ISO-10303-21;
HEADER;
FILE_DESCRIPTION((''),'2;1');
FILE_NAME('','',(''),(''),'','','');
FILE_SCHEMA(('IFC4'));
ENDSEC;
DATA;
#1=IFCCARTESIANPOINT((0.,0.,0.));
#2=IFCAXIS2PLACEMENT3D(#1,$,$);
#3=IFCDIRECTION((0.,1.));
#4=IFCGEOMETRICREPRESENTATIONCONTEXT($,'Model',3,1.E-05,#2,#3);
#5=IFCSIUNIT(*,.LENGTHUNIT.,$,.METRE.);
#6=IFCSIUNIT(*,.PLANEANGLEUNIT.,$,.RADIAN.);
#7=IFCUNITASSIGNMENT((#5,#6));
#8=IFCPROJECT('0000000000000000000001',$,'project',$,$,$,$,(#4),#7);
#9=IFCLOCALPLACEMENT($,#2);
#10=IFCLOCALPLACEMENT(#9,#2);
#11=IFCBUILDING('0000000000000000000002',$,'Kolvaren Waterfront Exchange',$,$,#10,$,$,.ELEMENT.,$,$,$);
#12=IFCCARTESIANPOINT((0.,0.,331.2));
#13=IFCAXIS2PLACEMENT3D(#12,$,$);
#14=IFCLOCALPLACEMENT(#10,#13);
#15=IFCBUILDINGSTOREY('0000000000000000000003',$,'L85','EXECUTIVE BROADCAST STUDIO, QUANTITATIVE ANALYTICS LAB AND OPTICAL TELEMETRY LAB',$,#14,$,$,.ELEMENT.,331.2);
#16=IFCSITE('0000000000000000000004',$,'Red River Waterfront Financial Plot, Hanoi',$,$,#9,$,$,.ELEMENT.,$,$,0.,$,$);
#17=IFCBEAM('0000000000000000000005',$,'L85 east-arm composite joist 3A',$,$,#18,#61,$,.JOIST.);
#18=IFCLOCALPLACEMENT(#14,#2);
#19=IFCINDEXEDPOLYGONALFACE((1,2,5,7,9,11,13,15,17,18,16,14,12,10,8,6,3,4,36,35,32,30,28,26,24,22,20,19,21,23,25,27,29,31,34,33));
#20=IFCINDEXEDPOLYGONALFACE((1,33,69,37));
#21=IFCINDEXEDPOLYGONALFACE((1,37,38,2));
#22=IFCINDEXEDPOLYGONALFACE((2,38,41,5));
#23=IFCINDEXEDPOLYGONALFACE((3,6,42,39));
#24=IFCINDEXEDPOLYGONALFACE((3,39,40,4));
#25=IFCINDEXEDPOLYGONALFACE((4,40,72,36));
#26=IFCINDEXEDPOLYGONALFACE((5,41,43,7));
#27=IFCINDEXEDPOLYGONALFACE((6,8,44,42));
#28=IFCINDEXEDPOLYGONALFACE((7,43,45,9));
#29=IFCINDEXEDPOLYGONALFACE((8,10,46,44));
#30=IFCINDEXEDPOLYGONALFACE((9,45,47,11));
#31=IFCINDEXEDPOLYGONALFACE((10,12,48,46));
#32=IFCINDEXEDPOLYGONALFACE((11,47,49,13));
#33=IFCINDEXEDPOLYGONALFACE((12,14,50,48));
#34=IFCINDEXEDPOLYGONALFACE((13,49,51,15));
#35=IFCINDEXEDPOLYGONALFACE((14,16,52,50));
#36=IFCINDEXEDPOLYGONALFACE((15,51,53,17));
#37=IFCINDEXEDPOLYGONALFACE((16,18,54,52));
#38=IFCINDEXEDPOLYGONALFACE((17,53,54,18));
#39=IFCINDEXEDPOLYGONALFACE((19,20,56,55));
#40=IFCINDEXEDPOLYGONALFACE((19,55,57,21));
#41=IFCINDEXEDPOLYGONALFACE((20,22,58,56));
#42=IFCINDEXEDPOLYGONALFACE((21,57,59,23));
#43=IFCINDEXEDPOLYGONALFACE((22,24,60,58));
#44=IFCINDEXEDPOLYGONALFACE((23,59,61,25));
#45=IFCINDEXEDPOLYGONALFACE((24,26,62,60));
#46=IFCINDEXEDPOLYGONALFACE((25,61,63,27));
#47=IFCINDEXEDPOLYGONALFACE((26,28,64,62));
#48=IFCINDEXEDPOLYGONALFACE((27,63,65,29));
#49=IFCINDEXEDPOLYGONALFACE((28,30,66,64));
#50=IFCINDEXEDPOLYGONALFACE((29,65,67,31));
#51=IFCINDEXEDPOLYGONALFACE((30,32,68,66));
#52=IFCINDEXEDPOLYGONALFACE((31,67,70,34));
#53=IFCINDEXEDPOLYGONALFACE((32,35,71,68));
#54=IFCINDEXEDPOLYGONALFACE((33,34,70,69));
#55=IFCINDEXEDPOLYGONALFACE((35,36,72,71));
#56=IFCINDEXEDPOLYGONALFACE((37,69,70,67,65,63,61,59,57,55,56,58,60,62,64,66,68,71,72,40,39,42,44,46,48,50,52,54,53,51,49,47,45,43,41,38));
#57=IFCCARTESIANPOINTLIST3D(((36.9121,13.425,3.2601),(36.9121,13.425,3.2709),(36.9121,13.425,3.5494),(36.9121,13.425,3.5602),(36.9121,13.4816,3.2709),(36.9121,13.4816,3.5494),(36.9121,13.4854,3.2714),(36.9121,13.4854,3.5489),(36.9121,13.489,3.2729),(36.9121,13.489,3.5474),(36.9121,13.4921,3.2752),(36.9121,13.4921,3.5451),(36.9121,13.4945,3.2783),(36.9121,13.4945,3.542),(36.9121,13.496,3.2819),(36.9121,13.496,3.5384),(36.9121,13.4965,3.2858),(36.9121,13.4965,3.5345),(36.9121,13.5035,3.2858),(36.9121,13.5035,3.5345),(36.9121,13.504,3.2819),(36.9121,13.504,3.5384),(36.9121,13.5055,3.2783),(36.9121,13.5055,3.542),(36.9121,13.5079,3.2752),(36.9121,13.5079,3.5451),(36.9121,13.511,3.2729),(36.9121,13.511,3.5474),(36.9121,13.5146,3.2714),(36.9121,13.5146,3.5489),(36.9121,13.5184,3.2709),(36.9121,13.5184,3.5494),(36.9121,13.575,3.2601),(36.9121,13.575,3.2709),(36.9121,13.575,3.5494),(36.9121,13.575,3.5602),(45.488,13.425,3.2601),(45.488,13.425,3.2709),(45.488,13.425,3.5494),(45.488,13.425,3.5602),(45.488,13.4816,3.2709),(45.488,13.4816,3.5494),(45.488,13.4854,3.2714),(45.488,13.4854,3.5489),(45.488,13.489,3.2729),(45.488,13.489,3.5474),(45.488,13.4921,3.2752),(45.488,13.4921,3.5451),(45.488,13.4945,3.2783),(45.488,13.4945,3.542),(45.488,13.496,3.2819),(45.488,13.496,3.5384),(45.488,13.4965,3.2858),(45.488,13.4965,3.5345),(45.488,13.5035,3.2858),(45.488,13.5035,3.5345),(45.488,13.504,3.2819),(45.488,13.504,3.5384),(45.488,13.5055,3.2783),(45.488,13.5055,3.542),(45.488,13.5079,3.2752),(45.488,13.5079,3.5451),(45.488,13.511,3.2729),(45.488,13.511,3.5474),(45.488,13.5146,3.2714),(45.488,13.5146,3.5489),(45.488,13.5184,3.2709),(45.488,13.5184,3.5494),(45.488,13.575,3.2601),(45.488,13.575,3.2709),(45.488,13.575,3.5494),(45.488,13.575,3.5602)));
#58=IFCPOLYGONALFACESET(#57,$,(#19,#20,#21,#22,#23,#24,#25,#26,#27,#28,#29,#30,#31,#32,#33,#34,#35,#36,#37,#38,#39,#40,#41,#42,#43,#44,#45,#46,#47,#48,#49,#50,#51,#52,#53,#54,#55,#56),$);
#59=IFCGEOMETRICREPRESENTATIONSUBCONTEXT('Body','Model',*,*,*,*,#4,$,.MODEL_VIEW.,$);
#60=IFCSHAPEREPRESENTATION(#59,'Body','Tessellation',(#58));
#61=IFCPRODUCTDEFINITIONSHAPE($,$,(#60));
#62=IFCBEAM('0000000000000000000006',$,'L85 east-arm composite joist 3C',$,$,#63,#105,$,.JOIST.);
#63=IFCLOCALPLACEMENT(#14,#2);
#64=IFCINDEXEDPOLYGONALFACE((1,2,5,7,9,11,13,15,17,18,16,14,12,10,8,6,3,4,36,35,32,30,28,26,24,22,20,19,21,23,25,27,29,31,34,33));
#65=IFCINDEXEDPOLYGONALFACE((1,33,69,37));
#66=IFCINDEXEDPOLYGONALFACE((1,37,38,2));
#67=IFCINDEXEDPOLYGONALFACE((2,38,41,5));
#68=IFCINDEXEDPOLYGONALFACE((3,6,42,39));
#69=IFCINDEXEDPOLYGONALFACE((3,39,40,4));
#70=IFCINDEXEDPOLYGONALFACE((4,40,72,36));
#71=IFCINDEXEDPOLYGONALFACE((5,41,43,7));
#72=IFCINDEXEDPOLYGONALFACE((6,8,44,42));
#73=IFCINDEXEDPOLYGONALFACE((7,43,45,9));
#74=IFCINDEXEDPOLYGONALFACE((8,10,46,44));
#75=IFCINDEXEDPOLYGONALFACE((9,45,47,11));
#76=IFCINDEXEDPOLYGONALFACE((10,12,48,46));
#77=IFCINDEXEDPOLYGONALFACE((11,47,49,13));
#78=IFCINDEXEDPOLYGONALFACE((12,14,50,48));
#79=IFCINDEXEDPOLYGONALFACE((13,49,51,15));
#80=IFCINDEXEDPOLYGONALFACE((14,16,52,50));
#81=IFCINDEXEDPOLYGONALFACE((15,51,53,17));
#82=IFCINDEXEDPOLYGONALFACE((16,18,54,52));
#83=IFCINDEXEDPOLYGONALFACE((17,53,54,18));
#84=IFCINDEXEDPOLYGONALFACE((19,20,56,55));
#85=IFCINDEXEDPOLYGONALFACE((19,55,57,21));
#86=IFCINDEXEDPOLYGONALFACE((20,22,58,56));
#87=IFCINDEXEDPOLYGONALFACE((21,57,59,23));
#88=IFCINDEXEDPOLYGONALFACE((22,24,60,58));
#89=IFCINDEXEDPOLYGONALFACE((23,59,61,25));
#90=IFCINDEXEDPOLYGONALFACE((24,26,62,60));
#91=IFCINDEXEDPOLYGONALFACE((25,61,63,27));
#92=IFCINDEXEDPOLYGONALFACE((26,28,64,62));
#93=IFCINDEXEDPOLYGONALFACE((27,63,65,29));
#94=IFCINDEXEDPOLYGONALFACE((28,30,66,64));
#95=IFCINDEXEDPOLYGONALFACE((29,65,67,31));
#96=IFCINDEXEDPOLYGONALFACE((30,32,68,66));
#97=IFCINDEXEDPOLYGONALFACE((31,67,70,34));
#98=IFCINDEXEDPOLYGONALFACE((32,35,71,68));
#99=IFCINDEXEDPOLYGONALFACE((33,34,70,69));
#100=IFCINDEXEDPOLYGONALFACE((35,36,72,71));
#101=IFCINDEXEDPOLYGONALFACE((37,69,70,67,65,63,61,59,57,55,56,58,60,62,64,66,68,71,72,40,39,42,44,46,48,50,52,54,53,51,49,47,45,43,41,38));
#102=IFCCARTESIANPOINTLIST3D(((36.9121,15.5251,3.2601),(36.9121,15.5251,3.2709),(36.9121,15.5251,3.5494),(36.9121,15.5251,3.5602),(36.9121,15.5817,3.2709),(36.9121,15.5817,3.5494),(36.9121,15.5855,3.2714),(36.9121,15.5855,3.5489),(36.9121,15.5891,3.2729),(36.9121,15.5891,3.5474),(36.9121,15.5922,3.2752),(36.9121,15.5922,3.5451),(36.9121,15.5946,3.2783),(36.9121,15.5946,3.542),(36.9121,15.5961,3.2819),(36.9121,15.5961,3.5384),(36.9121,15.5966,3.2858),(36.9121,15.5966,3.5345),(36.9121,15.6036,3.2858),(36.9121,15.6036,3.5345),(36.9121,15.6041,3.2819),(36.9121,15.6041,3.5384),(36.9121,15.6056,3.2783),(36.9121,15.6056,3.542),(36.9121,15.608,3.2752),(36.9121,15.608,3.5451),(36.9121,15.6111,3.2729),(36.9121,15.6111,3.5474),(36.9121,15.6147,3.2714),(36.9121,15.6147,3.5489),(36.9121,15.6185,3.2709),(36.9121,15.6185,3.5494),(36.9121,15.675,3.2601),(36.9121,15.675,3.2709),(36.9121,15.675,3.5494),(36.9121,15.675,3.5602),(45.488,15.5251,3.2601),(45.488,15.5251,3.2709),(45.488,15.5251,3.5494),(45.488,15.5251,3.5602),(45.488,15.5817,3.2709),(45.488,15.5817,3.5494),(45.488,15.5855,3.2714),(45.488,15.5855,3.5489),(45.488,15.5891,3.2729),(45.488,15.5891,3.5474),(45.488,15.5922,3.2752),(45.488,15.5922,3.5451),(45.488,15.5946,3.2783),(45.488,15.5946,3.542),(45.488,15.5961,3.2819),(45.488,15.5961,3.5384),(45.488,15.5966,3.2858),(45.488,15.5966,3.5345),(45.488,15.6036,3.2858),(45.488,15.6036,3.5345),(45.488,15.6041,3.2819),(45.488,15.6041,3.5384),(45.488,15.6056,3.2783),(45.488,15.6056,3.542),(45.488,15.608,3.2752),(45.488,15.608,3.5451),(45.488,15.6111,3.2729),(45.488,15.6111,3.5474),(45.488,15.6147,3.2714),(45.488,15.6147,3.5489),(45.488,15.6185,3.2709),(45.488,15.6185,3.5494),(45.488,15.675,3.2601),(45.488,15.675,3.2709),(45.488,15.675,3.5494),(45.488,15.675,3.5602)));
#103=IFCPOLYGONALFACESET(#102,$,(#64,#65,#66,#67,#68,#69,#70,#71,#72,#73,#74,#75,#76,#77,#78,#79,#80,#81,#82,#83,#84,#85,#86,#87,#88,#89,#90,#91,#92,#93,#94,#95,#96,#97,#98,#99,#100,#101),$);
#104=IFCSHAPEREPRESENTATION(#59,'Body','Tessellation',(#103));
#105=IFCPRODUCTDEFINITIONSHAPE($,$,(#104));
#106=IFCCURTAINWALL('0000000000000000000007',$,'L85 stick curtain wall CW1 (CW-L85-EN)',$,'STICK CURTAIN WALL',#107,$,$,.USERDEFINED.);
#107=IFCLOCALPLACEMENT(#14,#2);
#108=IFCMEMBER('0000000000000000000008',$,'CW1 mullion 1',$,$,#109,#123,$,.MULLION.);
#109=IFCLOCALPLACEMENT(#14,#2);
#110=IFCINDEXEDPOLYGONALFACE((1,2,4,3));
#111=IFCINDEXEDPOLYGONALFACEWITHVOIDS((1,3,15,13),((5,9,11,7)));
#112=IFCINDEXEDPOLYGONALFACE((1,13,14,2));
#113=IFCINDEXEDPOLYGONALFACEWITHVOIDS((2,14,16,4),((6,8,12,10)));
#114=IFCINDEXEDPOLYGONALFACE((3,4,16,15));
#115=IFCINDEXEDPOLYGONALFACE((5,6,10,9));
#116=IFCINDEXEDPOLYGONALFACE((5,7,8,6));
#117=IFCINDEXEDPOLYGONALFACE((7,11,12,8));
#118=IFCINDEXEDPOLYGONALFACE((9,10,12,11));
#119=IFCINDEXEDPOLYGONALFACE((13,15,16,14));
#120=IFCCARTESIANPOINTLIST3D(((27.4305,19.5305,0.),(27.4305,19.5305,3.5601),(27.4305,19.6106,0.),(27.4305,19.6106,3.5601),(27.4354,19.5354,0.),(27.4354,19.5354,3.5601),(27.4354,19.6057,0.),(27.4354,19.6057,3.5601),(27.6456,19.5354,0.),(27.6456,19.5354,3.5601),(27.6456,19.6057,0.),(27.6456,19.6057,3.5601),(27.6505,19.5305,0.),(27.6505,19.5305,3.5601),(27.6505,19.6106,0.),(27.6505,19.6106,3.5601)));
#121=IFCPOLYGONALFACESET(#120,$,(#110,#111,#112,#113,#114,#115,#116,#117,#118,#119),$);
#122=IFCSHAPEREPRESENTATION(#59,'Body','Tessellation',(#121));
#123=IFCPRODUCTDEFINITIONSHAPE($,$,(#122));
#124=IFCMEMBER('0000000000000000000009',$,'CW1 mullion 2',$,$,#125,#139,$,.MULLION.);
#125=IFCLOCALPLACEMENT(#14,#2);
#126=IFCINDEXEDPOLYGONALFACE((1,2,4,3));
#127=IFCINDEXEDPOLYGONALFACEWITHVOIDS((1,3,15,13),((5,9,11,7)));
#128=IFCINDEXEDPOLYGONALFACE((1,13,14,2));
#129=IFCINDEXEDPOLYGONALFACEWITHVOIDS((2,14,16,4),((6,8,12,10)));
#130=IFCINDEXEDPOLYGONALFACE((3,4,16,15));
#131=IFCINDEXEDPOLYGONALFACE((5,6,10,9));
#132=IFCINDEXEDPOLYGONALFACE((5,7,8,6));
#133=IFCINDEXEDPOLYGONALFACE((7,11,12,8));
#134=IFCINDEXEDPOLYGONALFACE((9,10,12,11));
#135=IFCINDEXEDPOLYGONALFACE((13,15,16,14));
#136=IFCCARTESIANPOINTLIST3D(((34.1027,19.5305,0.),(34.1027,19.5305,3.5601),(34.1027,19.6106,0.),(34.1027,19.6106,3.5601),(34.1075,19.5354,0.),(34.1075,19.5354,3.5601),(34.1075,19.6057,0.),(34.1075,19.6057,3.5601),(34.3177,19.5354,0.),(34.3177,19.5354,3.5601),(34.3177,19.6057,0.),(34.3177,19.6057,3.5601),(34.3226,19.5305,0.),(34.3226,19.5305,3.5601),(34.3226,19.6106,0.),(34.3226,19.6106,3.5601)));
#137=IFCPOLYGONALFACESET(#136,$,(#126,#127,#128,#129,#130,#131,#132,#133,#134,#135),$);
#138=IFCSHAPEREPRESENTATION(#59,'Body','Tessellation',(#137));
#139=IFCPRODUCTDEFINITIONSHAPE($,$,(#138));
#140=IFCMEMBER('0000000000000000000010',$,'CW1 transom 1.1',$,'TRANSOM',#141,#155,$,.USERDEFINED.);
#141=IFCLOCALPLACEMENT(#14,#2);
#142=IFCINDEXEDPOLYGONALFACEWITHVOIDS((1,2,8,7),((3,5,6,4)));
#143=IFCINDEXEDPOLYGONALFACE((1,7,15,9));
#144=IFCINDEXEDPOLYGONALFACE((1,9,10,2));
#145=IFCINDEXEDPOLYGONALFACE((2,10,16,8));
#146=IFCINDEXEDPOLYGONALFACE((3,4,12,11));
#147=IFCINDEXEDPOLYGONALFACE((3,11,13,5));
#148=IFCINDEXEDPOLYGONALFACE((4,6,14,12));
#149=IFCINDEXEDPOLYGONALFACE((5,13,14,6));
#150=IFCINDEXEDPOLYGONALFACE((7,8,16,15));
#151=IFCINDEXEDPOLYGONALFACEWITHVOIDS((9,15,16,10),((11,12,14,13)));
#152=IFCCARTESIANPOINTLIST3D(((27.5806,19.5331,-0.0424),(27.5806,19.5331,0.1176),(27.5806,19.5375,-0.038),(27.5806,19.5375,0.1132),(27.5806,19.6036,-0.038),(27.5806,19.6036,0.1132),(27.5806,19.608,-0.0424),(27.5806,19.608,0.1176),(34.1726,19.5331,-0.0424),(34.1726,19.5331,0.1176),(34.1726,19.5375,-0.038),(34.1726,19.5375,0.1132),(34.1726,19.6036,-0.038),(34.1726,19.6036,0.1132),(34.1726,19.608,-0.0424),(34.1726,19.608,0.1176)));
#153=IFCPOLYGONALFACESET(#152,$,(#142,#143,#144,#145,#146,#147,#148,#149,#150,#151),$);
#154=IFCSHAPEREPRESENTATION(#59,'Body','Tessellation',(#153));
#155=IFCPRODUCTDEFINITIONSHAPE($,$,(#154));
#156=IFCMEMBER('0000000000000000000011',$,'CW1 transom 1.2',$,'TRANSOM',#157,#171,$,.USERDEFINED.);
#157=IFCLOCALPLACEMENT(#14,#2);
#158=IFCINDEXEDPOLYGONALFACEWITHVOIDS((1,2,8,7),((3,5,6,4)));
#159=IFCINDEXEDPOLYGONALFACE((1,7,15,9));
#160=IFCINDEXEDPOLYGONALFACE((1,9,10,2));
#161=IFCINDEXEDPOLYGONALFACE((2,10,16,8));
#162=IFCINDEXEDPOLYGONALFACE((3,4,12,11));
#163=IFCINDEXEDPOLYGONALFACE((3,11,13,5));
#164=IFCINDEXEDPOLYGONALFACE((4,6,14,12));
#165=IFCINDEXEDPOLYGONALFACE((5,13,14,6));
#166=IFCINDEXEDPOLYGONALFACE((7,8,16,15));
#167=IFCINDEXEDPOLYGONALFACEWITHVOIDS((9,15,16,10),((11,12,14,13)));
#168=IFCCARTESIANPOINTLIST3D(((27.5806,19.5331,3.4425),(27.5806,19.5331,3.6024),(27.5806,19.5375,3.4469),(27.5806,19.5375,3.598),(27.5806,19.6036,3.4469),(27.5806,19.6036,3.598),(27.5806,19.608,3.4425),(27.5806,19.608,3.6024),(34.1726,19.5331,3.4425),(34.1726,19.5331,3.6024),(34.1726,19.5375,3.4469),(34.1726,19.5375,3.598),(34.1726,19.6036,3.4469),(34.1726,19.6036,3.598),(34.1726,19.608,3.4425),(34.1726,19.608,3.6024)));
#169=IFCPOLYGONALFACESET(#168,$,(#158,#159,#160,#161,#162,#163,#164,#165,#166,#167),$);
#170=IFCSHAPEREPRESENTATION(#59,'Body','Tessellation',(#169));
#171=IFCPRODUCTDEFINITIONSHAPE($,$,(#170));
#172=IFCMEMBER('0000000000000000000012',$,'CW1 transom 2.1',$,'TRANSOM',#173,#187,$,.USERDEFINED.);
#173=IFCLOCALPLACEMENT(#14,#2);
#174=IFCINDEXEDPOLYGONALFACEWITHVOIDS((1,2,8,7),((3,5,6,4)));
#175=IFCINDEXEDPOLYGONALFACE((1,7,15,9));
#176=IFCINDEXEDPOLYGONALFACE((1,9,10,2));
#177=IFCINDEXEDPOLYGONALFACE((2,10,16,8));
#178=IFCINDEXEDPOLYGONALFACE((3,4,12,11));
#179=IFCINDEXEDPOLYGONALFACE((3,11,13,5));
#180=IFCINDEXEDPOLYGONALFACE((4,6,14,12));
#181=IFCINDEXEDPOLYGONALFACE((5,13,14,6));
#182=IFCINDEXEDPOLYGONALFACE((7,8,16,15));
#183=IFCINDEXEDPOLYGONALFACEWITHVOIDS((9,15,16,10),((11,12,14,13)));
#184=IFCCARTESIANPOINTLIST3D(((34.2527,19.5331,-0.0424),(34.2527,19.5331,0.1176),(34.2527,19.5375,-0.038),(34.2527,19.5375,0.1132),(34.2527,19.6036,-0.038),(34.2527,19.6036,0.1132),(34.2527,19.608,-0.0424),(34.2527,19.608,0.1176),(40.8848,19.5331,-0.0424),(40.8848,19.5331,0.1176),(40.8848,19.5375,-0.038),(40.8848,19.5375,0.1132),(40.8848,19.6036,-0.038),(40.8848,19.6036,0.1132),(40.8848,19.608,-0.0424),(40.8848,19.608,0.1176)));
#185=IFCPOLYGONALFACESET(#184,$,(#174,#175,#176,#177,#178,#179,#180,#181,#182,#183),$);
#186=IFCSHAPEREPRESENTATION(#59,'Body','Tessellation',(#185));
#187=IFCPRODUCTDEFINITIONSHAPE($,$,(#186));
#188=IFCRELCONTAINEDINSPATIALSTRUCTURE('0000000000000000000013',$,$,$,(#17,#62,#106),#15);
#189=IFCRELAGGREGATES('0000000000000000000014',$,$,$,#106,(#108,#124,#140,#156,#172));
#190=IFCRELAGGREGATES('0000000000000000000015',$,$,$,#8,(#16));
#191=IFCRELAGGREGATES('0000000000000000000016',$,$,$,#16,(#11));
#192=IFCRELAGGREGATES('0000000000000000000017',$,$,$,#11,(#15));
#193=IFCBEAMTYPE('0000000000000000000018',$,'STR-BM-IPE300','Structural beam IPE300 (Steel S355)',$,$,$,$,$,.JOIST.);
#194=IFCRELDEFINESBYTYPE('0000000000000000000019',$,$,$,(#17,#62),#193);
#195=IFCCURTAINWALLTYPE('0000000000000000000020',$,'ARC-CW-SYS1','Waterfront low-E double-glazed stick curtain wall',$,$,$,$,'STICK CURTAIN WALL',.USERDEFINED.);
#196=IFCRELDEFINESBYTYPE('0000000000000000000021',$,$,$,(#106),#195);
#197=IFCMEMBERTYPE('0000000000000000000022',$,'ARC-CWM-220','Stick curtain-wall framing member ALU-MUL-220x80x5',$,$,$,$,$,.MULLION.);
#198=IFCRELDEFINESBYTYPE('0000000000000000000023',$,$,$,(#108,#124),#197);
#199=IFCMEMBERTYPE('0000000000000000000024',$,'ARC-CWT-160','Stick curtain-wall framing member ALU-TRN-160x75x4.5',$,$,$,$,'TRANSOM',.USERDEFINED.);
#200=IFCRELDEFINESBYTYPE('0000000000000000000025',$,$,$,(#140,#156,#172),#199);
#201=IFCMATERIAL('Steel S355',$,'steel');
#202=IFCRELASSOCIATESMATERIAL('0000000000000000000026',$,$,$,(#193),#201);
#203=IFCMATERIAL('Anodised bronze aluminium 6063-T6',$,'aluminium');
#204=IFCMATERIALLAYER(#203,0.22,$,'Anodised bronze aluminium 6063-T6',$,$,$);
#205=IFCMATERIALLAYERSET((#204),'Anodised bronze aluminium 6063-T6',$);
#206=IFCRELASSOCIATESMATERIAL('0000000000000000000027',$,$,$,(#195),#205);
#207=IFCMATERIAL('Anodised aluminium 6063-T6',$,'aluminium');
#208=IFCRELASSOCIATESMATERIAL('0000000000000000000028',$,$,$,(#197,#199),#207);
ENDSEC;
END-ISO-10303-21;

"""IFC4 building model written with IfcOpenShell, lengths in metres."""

from ifc_helpers import new_model, si_unit, direction, frame, origin, origin_with_axes, origin_2d, place, context, subcontext, project, spatial, hollow_rectangle, i_section, extrude, source, transform, mapped, material, layer, layer_set, material_profile, profile_set, type_object, element, aggregate, save


model = new_model("IFC4")

# Units and contexts
model_context = context("Model", 3, precision=1e-05, world=origin(), true_north=direction((0.0, 1.0)))
body_context = subcontext(model_context, "Body", "Model", "MODEL_VIEW")
ifc_project = project(units=[si_unit("LENGTHUNIT", "METRE"), si_unit("PLANEANGLEUNIT", "RADIAN")], contexts=[model_context])

# Site, building, storey
site_placement = place(None, origin())
site = spatial("IfcSite", under=ifc_project, at=site_placement, Name="Red River Waterfront Financial Plot, Hanoi", CompositionType="ELEMENT", RefElevation=0.0)
building_placement = place(site_placement, origin())
building = spatial("IfcBuilding", under=site, at=building_placement, Name="Kolvaren Waterfront Exchange", CompositionType="ELEMENT")
storey_placement = place(building_placement, frame((0.0, 0.0, 331.2)))
storey = spatial("IfcBuildingStorey", under=building, at=storey_placement, Name="L85", Description="EXECUTIVE BROADCAST STUDIO, QUANTITATIVE ANALYTICS LAB AND OPTICAL TELEMETRY LAB", CompositionType="ELEMENT", Elevation=331.2)

# Beams
ifc_material_1 = material(Name="Steel S355", Category="steel")
ifc_material_profile_1 = material_profile(ifc_material_1, i_section(OverallWidth=0.1499, OverallDepth=0.3, WebThickness=0.0071, FlangeThickness=0.0107, FilletRadius=0.0149, at=origin_2d()), Name="IPE300")
ifc_profile_set_1 = profile_set([ifc_material_profile_1], Name="Steel S355")
beam_type_1 = type_object("IfcBeamType", Name="STR-BM-IPE300", Description="Structural beam IPE300 (Steel S355)", PredefinedType="JOIST", material=ifc_profile_set_1)
for number, where, z_axis, x_axis, name in (
    (1, (36.9121, 13.5, 3.4102), (1.0, 0.0, 0.0), (0.0, 1.0, 0.0), "L85 east-arm composite joist 3A"),
    (2, (36.9121, 15.6001, 3.4102), (1.0, 0.0, 0.0), (0.0, 1.0, 0.0), "L85 east-arm composite joist 3C"),
):
    element("IfcBeam", number, at=place(storey_placement, frame(where, z_axis=z_axis, x_axis=x_axis)), inside=storey, type_object=beam_type_1, Name=name, PredefinedType="JOIST", context=body_context, shape_type="SweptSolid", body=[
        extrude(i_section(OverallWidth=0.1499, OverallDepth=0.3, WebThickness=0.0071, FlangeThickness=0.0107, FilletRadius=0.0149, at=origin_2d()), origin(), (0.0, 0.0, 1.0), 8.5759),
    ])

# Curtain wall, members
ifc_material_2 = material(Name="Anodised bronze aluminium 6063-T6", Category="aluminium")
ifc_layer_1 = layer(ifc_material_2, 0.22, Name="Anodised bronze aluminium 6063-T6")
ifc_layer_set_1 = layer_set([ifc_layer_1], Name="Anodised bronze aluminium 6063-T6")
curtain_wall_type = type_object("IfcCurtainWallType", Name="ARC-CW-SYS1", Description="Waterfront low-E double-glazed stick curtain wall", ElementType="STICK CURTAIN WALL", PredefinedType="USERDEFINED", material=ifc_layer_set_1)
curtain_wall_placement = place(storey_placement, origin())
curtain_wall = element("IfcCurtainWall", 3, at=curtain_wall_placement, inside=storey, type_object=curtain_wall_type, Name="L85 stick curtain wall CW1 (CW-L85-EN)", ObjectType="STICK CURTAIN WALL", PredefinedType="USERDEFINED")
ifc_material_3 = material(Name="Anodised aluminium 6063-T6", Category="aluminium")
ifc_material_profile_2 = material_profile(ifc_material_3, hollow_rectangle(XDim=0.0801, YDim=0.22, WallThickness=0.0049, at=origin_2d()), Name="ALU-MUL-220x80x5")
ifc_profile_set_2 = profile_set([ifc_material_profile_2], Name="Anodised aluminium 6063-T6")
member_type_1 = type_object("IfcMemberType", Name="ARC-CWM-220", Description="Stick curtain-wall framing member ALU-MUL-220x80x5", PredefinedType="MULLION", material=ifc_profile_set_2)
shared_shape_1 = source(origin_with_axes(), body_context, "Body", "SweptSolid", [
    extrude(hollow_rectangle(XDim=0.0801, YDim=0.22, WallThickness=0.0049, at=origin_2d()), origin(), (0.0, 0.0, 1.0), 3.5601),
])
member_1_placement = place(storey_placement, frame((27.5405, 19.5706, 0.0), z_axis=(0.0, 0.0, 1.0), x_axis=(0.0, 1.0, 0.0)))
member_1 = element("IfcMember", 4, at=member_1_placement, type_object=member_type_1, Name="CW1 mullion 1", PredefinedType="MULLION", context=body_context, shape_type="MappedRepresentation", body=[
    mapped(shared_shape_1, transform((0.0, 0.0, 0.0), x_axis=(1.0, 0.0, 0.0), y_axis=(0.0, 1.0, 0.0), z_axis=(0.0, 0.0, 1.0), scale=1.0)),
])
member_2_placement = place(storey_placement, frame((34.2126, 19.5706, 0.0), z_axis=(0.0, 0.0, 1.0), x_axis=(0.0, 1.0, 0.0)))
member_2 = element("IfcMember", 5, at=member_2_placement, type_object=member_type_1, Name="CW1 mullion 2", PredefinedType="MULLION", context=body_context, shape_type="MappedRepresentation", body=[
    mapped(shared_shape_1, transform((0.0, 0.0, 0.0), x_axis=(1.0, 0.0, 0.0), y_axis=(0.0, 1.0, 0.0), z_axis=(0.0, 0.0, 1.0), scale=1.0)),
])
ifc_material_profile_3 = material_profile(ifc_material_3, hollow_rectangle(XDim=0.075, YDim=0.1599, WallThickness=0.0044, at=origin_2d()), Name="ALU-TRN-160x75x4.5")
ifc_profile_set_3 = profile_set([ifc_material_profile_3], Name="Anodised aluminium 6063-T6")
member_type_2 = type_object("IfcMemberType", Name="ARC-CWT-160", Description="Stick curtain-wall framing member ALU-TRN-160x75x4.5", ElementType="TRANSOM", PredefinedType="USERDEFINED", material=ifc_profile_set_3)
shared_shape_2 = source(origin_with_axes(), body_context, "Body", "SweptSolid", [
    extrude(hollow_rectangle(XDim=0.075, YDim=0.1599, WallThickness=0.0044, at=origin_2d()), origin(), (0.0, 0.0, 1.0), 6.592),
])
member_3_placement = place(storey_placement, frame((27.5806, 19.5706, 0.0376), z_axis=(1.0, 0.0, 0.0), x_axis=(0.0, 1.0, 0.0)))
member_3 = element("IfcMember", 6, at=member_3_placement, type_object=member_type_2, Name="CW1 transom 1.1", ObjectType="TRANSOM", PredefinedType="USERDEFINED", context=body_context, shape_type="MappedRepresentation", body=[
    mapped(shared_shape_2, transform((0.0, 0.0, 0.0), x_axis=(1.0, 0.0, 0.0), y_axis=(0.0, 1.0, 0.0), z_axis=(0.0, 0.0, 1.0), scale=1.0)),
])
member_4_placement = place(storey_placement, frame((27.5806, 19.5706, 3.5225), z_axis=(1.0, 0.0, 0.0), x_axis=(0.0, 1.0, 0.0)))
member_4 = element("IfcMember", 7, at=member_4_placement, type_object=member_type_2, Name="CW1 transom 1.2", ObjectType="TRANSOM", PredefinedType="USERDEFINED", context=body_context, shape_type="MappedRepresentation", body=[
    mapped(shared_shape_2, transform((0.0, 0.0, 0.0), x_axis=(1.0, 0.0, 0.0), y_axis=(0.0, 1.0, 0.0), z_axis=(0.0, 0.0, 1.0), scale=1.0)),
])
shared_shape_3 = source(origin_with_axes(), body_context, "Body", "SweptSolid", [
    extrude(hollow_rectangle(XDim=0.075, YDim=0.1599, WallThickness=0.0044, at=origin_2d()), origin(), (0.0, 0.0, 1.0), 6.6321),
])
member_5_placement = place(storey_placement, frame((34.2527, 19.5706, 0.0376), z_axis=(1.0, 0.0, 0.0), x_axis=(0.0, 1.0, 0.0)))
member_5 = element("IfcMember", 8, at=member_5_placement, type_object=member_type_2, Name="CW1 transom 2.1", ObjectType="TRANSOM", PredefinedType="USERDEFINED", context=body_context, shape_type="MappedRepresentation", body=[
    mapped(shared_shape_3, transform((0.0, 0.0, 0.0), x_axis=(1.0, 0.0, 0.0), y_axis=(0.0, 1.0, 0.0), z_axis=(0.0, 0.0, 1.0), scale=1.0)),
])
aggregate(curtain_wall, [member_1, member_2, member_3, member_4, member_5])

save(model, "model.ifc")
